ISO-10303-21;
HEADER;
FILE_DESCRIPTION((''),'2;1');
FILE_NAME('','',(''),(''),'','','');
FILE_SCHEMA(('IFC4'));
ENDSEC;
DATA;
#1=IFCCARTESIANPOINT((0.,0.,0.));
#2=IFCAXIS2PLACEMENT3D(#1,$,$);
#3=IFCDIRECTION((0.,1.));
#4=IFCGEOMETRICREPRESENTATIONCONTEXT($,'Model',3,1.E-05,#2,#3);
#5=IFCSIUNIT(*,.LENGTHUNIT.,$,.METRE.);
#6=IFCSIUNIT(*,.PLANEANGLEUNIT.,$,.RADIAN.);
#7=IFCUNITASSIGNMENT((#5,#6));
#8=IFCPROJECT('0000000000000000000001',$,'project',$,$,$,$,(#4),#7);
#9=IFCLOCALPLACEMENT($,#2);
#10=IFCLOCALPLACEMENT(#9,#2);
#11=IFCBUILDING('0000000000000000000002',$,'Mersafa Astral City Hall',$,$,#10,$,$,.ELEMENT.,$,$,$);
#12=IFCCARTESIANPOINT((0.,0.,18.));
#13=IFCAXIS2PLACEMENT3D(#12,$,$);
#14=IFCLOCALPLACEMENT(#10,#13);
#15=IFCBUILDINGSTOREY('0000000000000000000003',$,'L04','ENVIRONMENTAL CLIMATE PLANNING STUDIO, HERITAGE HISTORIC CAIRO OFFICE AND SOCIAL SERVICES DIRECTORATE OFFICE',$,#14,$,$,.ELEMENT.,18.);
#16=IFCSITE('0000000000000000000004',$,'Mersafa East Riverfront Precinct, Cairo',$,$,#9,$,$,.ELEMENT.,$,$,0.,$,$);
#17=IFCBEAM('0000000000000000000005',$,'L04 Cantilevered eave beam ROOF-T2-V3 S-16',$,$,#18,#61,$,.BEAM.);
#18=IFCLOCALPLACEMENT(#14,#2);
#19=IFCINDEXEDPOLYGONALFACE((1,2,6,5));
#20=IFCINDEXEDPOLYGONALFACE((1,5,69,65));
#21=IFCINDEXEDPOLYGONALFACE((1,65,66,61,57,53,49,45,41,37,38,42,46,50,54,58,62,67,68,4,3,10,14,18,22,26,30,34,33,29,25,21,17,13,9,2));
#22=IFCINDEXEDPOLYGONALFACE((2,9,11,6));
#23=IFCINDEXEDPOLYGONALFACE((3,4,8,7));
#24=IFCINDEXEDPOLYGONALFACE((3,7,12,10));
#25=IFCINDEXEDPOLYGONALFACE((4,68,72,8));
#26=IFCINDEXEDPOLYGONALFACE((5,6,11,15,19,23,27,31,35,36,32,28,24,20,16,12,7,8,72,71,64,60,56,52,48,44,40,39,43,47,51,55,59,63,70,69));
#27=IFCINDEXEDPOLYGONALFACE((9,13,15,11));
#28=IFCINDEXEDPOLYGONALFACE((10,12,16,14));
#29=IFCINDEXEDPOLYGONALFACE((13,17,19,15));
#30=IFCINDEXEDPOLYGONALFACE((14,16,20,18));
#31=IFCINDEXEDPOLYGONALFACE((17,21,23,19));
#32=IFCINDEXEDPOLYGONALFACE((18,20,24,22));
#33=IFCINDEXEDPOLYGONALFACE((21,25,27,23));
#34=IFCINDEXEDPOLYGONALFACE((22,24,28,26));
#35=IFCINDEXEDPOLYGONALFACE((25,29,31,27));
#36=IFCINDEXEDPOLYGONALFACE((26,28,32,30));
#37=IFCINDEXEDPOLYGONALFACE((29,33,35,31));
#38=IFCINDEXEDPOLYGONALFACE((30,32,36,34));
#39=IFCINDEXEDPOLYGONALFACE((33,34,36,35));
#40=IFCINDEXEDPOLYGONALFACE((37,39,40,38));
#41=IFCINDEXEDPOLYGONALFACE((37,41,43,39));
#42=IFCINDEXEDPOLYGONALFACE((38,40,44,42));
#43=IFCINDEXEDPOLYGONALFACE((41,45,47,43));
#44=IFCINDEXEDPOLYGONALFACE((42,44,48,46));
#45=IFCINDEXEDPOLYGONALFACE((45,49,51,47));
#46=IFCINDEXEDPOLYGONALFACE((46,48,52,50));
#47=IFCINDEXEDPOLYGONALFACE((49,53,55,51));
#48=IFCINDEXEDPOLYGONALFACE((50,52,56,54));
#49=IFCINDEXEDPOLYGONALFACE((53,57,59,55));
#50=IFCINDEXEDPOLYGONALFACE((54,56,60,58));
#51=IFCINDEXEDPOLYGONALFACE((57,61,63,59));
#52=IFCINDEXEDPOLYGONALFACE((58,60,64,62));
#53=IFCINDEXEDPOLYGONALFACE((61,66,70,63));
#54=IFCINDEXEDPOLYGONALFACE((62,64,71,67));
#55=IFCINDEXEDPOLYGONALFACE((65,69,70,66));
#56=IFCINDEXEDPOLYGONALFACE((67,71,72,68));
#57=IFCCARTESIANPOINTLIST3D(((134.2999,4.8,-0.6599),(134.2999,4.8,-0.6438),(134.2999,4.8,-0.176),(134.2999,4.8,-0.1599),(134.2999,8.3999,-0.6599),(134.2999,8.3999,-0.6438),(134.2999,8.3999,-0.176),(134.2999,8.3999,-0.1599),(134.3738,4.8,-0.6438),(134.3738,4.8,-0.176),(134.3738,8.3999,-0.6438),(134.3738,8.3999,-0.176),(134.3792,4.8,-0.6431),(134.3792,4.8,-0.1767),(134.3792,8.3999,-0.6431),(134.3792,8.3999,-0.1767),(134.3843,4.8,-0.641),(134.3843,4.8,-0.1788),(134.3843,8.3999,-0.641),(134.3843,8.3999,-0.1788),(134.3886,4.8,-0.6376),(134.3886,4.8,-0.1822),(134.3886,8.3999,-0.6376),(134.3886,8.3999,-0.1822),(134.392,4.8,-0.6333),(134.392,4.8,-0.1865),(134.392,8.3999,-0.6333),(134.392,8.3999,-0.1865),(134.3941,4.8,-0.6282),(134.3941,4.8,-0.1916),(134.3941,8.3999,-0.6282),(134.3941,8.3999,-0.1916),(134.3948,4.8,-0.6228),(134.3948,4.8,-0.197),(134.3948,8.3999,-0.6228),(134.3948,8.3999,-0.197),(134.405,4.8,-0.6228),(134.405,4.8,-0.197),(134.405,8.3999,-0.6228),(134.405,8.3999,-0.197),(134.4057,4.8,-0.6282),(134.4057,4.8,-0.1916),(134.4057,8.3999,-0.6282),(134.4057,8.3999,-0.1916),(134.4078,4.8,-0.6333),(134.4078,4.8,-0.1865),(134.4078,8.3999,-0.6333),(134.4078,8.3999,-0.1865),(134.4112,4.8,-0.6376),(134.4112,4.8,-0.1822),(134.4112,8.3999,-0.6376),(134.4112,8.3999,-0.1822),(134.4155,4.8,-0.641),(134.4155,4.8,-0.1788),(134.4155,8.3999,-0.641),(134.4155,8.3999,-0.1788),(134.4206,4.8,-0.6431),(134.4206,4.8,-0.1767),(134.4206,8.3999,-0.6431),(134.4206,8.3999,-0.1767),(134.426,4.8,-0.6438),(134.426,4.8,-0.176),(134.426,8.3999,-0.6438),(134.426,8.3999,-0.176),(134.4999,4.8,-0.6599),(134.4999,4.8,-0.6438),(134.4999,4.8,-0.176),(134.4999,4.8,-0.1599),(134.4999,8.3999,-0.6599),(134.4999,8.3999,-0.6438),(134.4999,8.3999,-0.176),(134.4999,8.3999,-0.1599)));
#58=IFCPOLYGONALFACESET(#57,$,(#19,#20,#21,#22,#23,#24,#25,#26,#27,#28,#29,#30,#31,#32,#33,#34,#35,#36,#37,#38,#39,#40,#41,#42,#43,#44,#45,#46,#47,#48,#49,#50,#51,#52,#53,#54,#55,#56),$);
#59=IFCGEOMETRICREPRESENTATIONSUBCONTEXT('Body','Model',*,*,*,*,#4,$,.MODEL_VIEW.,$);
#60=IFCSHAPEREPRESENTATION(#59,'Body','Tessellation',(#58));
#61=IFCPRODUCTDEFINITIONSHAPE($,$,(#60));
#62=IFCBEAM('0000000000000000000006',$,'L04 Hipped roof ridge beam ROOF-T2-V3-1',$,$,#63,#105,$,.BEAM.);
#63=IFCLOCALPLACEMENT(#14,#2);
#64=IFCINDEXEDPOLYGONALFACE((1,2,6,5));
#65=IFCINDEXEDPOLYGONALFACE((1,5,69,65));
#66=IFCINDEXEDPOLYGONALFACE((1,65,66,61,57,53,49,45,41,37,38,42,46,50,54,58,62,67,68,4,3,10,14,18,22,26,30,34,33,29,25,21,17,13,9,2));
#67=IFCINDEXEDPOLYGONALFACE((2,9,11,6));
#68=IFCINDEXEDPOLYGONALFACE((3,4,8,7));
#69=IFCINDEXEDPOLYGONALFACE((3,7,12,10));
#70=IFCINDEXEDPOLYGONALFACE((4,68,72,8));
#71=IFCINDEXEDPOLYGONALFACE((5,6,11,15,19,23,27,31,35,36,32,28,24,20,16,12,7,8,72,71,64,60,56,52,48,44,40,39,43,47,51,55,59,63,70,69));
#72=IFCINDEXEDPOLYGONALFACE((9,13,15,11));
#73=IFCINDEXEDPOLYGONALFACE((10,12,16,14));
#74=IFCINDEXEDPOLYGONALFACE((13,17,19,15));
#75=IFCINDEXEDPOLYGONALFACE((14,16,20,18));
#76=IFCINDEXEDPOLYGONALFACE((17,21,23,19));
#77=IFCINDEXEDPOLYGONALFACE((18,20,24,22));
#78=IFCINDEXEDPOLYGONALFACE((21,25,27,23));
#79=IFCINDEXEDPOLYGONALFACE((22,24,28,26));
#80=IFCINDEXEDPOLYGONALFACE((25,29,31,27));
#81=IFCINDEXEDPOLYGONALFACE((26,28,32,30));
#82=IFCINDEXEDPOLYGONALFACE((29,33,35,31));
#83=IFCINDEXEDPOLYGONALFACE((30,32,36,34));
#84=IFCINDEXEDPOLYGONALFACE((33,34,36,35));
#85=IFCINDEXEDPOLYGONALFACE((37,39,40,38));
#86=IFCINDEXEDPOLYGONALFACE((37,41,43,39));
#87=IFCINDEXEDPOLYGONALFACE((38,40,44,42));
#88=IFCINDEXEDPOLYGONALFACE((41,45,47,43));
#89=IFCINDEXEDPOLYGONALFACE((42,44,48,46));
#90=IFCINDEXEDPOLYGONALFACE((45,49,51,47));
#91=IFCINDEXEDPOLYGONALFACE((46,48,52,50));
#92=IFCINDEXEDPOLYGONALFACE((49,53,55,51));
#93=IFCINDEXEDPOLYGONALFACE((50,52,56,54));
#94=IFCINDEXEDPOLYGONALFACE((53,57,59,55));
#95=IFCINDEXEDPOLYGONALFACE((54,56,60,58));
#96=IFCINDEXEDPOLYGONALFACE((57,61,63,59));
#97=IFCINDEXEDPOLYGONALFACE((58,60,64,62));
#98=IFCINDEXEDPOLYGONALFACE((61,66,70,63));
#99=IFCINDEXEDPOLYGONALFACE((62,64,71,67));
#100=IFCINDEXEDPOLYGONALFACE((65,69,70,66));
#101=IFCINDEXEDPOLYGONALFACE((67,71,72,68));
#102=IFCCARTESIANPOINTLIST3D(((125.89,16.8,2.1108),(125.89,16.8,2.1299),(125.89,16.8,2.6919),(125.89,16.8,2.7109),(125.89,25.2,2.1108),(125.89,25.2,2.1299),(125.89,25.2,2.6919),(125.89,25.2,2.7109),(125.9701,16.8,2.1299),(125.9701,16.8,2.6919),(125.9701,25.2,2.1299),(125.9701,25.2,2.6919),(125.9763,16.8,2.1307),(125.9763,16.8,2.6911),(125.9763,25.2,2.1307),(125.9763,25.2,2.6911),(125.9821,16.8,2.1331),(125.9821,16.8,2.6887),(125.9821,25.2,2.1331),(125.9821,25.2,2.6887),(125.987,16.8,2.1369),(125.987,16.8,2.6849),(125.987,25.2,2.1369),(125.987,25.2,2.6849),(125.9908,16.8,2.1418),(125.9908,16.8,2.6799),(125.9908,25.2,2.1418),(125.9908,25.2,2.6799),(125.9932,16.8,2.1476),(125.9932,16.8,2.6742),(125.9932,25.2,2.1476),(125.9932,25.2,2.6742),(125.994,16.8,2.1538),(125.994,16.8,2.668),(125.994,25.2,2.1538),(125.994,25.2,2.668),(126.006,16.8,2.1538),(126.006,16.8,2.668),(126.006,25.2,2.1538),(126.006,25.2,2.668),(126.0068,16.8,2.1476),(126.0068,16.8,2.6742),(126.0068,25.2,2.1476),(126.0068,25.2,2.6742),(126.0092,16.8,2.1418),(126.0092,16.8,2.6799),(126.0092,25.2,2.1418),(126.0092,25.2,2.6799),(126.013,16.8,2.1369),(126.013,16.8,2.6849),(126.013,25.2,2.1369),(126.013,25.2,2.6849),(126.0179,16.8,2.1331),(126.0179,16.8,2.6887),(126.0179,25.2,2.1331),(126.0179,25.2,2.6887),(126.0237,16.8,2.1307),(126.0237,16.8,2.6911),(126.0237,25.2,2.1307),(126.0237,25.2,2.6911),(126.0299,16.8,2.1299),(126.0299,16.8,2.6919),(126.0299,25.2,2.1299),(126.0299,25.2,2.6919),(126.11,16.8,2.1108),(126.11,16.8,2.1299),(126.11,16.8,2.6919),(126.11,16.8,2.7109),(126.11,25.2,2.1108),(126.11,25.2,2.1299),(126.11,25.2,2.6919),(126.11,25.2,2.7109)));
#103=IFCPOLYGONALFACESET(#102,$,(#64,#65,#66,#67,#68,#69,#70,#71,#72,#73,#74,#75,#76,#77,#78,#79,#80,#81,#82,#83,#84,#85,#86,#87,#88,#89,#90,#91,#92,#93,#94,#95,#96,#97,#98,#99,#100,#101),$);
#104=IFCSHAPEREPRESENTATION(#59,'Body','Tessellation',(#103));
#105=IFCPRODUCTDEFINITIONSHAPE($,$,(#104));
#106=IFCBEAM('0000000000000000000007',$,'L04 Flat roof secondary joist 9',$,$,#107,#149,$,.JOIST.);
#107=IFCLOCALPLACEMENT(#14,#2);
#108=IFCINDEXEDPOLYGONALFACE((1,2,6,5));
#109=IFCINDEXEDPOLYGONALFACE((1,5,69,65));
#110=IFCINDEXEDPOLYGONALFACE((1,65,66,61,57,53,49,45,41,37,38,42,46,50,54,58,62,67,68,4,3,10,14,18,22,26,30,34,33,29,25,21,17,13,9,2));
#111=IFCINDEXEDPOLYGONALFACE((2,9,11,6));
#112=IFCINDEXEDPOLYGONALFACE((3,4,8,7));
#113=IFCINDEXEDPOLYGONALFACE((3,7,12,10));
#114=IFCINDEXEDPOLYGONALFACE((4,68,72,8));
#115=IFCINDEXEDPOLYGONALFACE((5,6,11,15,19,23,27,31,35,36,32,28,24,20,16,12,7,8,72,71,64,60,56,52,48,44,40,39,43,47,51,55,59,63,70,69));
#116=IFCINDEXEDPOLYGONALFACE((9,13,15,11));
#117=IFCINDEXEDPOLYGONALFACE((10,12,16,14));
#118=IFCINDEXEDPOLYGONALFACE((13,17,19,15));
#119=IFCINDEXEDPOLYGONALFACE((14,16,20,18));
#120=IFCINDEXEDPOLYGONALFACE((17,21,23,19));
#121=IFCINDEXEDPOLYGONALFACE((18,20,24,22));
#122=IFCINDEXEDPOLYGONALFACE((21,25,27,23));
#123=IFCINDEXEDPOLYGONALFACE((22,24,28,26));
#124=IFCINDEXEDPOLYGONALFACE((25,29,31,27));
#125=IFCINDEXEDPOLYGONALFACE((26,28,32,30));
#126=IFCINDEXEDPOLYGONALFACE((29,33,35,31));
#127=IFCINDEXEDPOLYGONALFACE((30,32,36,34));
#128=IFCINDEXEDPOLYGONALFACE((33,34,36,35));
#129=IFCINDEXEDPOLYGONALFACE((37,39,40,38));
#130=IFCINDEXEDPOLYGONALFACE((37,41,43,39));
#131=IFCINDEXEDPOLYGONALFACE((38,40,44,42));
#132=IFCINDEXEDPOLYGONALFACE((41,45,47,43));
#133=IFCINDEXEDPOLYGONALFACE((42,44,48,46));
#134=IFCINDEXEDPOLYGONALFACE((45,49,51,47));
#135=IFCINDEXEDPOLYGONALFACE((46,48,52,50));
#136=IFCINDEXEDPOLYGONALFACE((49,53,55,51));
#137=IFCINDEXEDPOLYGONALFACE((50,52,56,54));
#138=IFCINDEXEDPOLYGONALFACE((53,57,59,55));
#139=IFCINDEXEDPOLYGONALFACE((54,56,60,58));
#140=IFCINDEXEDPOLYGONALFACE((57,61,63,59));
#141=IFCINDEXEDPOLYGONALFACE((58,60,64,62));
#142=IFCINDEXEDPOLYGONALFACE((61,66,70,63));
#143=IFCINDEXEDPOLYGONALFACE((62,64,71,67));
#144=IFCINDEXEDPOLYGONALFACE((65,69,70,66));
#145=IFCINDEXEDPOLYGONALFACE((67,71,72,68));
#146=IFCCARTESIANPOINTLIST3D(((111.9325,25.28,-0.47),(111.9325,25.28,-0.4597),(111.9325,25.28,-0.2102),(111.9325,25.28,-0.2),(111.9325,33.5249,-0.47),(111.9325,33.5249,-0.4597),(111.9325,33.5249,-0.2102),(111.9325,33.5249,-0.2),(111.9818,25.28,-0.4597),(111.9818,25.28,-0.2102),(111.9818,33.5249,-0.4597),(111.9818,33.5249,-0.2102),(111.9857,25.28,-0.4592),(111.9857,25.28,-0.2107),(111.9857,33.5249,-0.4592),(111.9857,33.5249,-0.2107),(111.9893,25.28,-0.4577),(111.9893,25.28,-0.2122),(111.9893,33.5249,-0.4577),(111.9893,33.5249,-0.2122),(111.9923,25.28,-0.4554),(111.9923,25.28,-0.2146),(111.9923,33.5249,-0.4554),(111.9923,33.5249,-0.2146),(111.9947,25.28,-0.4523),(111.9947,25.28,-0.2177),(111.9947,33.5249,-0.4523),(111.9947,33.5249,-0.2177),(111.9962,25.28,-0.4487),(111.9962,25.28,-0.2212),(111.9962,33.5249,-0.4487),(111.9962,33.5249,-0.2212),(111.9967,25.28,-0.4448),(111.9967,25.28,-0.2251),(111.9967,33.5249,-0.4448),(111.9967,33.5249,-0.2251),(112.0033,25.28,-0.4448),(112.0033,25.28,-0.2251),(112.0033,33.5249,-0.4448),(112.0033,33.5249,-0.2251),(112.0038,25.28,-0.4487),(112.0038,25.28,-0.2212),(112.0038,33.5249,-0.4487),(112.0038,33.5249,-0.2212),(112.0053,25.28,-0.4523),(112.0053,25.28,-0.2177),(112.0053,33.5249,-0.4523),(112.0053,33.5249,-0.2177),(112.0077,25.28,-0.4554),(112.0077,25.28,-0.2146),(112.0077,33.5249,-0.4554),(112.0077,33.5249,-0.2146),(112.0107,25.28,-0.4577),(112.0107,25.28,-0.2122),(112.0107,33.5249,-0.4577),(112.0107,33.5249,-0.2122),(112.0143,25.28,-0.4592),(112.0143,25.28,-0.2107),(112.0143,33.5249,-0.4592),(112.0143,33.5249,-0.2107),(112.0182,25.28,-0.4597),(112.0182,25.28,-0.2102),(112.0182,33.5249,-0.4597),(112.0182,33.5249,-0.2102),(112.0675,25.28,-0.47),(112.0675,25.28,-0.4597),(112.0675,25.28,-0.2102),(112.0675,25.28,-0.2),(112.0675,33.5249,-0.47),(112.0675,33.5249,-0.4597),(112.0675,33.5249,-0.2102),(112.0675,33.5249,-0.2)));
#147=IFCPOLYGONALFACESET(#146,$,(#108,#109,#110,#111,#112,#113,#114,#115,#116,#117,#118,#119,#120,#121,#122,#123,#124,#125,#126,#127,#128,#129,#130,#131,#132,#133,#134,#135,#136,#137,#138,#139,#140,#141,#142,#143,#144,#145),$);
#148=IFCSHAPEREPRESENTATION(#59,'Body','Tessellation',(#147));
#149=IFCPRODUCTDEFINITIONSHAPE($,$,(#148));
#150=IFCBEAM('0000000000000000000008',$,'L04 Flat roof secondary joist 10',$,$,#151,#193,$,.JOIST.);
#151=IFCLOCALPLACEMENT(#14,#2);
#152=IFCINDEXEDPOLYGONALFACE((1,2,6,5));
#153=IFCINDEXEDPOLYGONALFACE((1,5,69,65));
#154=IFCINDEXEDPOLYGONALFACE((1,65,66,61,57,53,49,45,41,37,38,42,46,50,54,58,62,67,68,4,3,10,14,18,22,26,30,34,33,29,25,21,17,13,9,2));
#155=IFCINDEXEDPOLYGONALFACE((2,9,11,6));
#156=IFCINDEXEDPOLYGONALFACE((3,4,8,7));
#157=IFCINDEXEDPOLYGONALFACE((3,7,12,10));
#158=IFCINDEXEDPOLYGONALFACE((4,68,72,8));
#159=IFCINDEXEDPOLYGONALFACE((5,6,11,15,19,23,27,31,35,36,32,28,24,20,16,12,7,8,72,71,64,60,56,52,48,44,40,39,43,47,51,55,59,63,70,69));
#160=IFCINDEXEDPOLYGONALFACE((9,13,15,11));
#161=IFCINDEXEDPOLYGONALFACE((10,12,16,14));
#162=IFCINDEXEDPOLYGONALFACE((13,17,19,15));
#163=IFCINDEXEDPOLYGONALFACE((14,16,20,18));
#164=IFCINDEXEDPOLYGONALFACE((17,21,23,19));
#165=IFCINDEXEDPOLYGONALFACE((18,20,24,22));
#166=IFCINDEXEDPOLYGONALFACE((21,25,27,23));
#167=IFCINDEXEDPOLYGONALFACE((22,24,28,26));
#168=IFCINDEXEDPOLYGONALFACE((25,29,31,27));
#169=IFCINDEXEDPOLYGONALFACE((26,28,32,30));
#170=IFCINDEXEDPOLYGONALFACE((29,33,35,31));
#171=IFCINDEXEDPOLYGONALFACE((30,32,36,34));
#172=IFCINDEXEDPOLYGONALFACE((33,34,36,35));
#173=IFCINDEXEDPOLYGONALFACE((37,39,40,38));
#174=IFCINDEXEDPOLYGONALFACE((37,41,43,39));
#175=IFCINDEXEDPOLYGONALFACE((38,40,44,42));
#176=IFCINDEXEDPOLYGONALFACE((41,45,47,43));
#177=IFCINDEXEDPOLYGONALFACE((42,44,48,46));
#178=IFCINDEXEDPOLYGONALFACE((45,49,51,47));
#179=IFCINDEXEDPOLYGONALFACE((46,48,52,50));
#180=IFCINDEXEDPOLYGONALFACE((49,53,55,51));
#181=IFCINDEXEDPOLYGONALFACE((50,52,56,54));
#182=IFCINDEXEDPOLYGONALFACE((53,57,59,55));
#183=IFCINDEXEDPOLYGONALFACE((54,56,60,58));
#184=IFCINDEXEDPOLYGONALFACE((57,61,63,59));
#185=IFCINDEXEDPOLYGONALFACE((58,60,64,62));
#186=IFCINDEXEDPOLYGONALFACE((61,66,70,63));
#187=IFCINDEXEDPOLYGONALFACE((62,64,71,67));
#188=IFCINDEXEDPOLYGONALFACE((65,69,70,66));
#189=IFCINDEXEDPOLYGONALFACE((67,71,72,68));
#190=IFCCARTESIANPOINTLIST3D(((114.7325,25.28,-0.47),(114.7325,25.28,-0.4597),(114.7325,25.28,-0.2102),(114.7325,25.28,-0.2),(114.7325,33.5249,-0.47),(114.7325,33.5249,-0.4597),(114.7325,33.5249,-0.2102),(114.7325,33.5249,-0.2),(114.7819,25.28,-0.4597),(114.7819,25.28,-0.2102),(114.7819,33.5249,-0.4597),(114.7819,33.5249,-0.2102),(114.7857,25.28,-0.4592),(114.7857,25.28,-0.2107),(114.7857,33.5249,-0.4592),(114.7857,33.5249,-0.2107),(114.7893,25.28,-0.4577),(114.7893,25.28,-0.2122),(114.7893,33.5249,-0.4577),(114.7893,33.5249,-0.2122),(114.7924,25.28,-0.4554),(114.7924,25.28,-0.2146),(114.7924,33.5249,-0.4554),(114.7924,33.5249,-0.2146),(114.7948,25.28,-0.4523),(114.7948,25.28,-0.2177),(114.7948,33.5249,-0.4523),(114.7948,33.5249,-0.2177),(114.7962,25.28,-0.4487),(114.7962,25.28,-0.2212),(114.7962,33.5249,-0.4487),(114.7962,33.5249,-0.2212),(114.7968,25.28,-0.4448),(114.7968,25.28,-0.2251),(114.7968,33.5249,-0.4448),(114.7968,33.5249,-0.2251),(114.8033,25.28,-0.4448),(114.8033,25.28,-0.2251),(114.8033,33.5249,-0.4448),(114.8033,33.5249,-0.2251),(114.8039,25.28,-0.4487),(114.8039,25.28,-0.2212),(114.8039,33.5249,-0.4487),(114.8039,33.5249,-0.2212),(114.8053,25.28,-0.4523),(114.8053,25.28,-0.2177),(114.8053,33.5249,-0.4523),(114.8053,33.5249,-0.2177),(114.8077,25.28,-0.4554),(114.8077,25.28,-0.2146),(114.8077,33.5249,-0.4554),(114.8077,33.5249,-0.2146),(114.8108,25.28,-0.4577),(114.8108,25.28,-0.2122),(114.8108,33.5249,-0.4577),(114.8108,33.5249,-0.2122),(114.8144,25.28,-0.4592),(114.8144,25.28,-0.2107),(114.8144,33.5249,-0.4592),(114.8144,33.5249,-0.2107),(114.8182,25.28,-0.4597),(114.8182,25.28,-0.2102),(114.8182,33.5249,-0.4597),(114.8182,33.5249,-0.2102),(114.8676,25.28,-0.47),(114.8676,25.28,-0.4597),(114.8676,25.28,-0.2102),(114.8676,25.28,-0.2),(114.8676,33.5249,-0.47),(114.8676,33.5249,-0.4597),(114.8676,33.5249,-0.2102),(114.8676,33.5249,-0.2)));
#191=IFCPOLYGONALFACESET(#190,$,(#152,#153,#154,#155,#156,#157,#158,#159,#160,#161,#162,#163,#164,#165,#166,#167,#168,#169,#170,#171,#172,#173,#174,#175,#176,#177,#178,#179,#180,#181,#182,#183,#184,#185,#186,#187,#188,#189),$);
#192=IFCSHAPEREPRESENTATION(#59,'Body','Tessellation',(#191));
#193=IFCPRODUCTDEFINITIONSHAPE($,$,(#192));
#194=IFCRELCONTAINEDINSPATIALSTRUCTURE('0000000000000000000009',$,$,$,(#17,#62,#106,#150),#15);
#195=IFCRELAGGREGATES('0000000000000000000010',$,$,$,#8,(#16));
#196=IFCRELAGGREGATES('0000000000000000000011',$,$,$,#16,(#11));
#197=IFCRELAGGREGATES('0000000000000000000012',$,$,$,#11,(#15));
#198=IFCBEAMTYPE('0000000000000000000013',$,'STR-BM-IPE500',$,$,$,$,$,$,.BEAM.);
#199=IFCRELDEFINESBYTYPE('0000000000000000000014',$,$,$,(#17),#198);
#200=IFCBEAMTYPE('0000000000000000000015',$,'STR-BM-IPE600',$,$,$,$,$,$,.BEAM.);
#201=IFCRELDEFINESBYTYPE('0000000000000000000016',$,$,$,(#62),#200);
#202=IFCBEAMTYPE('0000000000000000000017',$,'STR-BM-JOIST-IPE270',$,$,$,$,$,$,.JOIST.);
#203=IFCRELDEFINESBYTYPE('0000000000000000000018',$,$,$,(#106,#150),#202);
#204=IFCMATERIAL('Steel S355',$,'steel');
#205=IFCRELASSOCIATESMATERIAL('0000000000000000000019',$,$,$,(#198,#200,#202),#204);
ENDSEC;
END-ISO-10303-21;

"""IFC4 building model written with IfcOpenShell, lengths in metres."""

from ifc_helpers import new_model, si_unit, direction, frame, origin, origin_2d, place, context, subcontext, project, spatial, i_section, extrude, material, material_profile, profile_set, type_object, element, save


model = new_model("IFC4")

# Units and contexts
model_context = context("Model", 3, precision=1e-05, world=origin(), true_north=direction((0.0, 1.0)))
body_context = subcontext(model_context, "Body", "Model", "MODEL_VIEW")
ifc_project = project(units=[si_unit("LENGTHUNIT", "METRE"), si_unit("PLANEANGLEUNIT", "RADIAN")], contexts=[model_context])

# Site, building, storey
site_placement = place(None, origin())
site = spatial("IfcSite", under=ifc_project, at=site_placement, Name="Mersafa East Riverfront Precinct, Cairo", CompositionType="ELEMENT", RefElevation=0.0)
building_placement = place(site_placement, origin())
building = spatial("IfcBuilding", under=site, at=building_placement, Name="Mersafa Astral City Hall", CompositionType="ELEMENT")
storey_placement = place(building_placement, frame((0.0, 0.0, 18.0)))
storey = spatial("IfcBuildingStorey", under=building, at=storey_placement, Name="L04", Description="ENVIRONMENTAL CLIMATE PLANNING STUDIO, HERITAGE HISTORIC CAIRO OFFICE AND SOCIAL SERVICES DIRECTORATE OFFICE", CompositionType="ELEMENT", Elevation=18.0)

# Shared definitions
ifc_material_1 = material(Name="Steel S355", Category="steel")

# Beams
ifc_material_profile_1 = material_profile(ifc_material_1, i_section(OverallWidth=0.2, OverallDepth=0.5, WebThickness=0.0103, FlangeThickness=0.0161, FilletRadius=0.021, at=origin_2d()), Name="IPE 500")
ifc_profile_set_1 = profile_set([ifc_material_profile_1], Name="Steel S355")
beam_type_1 = type_object("IfcBeamType", Name="STR-BM-IPE500", PredefinedType="BEAM", material=ifc_profile_set_1)
for number, where, z_axis, x_axis, name in (
    (1, (134.3999, 8.3999, -0.4099), (0.0, -1.0, 0.0), (1.0, 0.0, 0.0), "L04 Cantilevered eave beam ROOF-T2-V3 S-16"),
):
    element("IfcBeam", number, at=place(storey_placement, frame(where, z_axis=z_axis, x_axis=x_axis)), inside=storey, type_object=beam_type_1, Name=name, PredefinedType="BEAM", context=body_context, shape_type="SweptSolid", body=[
        extrude(i_section(OverallWidth=0.2, OverallDepth=0.5, WebThickness=0.0103, FlangeThickness=0.0161, FilletRadius=0.021, at=origin_2d()), origin(), (0.0, 0.0, 1.0), 3.5999),
    ])
ifc_material_profile_2 = material_profile(ifc_material_1, i_section(OverallWidth=0.22, OverallDepth=0.6001, WebThickness=0.012, FlangeThickness=0.019, FilletRadius=0.0239, at=origin_2d()), Name="IPE 600")
ifc_profile_set_2 = profile_set([ifc_material_profile_2], Name="Steel S355")
beam_type_2 = type_object("IfcBeamType", Name="STR-BM-IPE600", PredefinedType="BEAM", material=ifc_profile_set_2)
beam_1_placement = place(storey_placement, frame((126.0, 16.8, 2.4109), z_axis=(0.0, 1.0, 0.0), x_axis=(-1.0, 0.0, 0.0)))
element("IfcBeam", 2, at=beam_1_placement, inside=storey, type_object=beam_type_2, Name="L04 Hipped roof ridge beam ROOF-T2-V3-1", PredefinedType="BEAM", context=body_context, shape_type="SweptSolid", body=[
    extrude(i_section(OverallWidth=0.22, OverallDepth=0.6001, WebThickness=0.012, FlangeThickness=0.019, FilletRadius=0.0239, at=origin_2d()), origin(), (0.0, 0.0, 1.0), 8.3999),
])
ifc_material_profile_3 = material_profile(ifc_material_1, i_section(OverallWidth=0.135, OverallDepth=0.27, WebThickness=0.0066, FlangeThickness=0.0103, FilletRadius=0.0149, at=origin_2d()), Name="IPE 270")
ifc_profile_set_3 = profile_set([ifc_material_profile_3], Name="Steel S355")
beam_type_3 = type_object("IfcBeamType", Name="STR-BM-JOIST-IPE270", PredefinedType="JOIST", material=ifc_profile_set_3)
for number, where, z_axis, x_axis, name in (
    (3, (112.0, 25.28, -0.335), (0.0, 1.0, 0.0), (-1.0, 0.0, 0.0), "L04 Flat roof secondary joist 9"),
    (4, (114.8, 25.28, -0.335), (0.0, 1.0, 0.0), (-1.0, 0.0, 0.0), "L04 Flat roof secondary joist 10"),
):
    element("IfcBeam", number, at=place(storey_placement, frame(where, z_axis=z_axis, x_axis=x_axis)), inside=storey, type_object=beam_type_3, Name=name, PredefinedType="JOIST", context=body_context, shape_type="SweptSolid", body=[
        extrude(i_section(OverallWidth=0.135, OverallDepth=0.27, WebThickness=0.0066, FlangeThickness=0.0103, FilletRadius=0.0149, at=origin_2d()), origin(), (0.0, 0.0, 1.0), 8.2449),
    ])

save(model, "model.ifc")
